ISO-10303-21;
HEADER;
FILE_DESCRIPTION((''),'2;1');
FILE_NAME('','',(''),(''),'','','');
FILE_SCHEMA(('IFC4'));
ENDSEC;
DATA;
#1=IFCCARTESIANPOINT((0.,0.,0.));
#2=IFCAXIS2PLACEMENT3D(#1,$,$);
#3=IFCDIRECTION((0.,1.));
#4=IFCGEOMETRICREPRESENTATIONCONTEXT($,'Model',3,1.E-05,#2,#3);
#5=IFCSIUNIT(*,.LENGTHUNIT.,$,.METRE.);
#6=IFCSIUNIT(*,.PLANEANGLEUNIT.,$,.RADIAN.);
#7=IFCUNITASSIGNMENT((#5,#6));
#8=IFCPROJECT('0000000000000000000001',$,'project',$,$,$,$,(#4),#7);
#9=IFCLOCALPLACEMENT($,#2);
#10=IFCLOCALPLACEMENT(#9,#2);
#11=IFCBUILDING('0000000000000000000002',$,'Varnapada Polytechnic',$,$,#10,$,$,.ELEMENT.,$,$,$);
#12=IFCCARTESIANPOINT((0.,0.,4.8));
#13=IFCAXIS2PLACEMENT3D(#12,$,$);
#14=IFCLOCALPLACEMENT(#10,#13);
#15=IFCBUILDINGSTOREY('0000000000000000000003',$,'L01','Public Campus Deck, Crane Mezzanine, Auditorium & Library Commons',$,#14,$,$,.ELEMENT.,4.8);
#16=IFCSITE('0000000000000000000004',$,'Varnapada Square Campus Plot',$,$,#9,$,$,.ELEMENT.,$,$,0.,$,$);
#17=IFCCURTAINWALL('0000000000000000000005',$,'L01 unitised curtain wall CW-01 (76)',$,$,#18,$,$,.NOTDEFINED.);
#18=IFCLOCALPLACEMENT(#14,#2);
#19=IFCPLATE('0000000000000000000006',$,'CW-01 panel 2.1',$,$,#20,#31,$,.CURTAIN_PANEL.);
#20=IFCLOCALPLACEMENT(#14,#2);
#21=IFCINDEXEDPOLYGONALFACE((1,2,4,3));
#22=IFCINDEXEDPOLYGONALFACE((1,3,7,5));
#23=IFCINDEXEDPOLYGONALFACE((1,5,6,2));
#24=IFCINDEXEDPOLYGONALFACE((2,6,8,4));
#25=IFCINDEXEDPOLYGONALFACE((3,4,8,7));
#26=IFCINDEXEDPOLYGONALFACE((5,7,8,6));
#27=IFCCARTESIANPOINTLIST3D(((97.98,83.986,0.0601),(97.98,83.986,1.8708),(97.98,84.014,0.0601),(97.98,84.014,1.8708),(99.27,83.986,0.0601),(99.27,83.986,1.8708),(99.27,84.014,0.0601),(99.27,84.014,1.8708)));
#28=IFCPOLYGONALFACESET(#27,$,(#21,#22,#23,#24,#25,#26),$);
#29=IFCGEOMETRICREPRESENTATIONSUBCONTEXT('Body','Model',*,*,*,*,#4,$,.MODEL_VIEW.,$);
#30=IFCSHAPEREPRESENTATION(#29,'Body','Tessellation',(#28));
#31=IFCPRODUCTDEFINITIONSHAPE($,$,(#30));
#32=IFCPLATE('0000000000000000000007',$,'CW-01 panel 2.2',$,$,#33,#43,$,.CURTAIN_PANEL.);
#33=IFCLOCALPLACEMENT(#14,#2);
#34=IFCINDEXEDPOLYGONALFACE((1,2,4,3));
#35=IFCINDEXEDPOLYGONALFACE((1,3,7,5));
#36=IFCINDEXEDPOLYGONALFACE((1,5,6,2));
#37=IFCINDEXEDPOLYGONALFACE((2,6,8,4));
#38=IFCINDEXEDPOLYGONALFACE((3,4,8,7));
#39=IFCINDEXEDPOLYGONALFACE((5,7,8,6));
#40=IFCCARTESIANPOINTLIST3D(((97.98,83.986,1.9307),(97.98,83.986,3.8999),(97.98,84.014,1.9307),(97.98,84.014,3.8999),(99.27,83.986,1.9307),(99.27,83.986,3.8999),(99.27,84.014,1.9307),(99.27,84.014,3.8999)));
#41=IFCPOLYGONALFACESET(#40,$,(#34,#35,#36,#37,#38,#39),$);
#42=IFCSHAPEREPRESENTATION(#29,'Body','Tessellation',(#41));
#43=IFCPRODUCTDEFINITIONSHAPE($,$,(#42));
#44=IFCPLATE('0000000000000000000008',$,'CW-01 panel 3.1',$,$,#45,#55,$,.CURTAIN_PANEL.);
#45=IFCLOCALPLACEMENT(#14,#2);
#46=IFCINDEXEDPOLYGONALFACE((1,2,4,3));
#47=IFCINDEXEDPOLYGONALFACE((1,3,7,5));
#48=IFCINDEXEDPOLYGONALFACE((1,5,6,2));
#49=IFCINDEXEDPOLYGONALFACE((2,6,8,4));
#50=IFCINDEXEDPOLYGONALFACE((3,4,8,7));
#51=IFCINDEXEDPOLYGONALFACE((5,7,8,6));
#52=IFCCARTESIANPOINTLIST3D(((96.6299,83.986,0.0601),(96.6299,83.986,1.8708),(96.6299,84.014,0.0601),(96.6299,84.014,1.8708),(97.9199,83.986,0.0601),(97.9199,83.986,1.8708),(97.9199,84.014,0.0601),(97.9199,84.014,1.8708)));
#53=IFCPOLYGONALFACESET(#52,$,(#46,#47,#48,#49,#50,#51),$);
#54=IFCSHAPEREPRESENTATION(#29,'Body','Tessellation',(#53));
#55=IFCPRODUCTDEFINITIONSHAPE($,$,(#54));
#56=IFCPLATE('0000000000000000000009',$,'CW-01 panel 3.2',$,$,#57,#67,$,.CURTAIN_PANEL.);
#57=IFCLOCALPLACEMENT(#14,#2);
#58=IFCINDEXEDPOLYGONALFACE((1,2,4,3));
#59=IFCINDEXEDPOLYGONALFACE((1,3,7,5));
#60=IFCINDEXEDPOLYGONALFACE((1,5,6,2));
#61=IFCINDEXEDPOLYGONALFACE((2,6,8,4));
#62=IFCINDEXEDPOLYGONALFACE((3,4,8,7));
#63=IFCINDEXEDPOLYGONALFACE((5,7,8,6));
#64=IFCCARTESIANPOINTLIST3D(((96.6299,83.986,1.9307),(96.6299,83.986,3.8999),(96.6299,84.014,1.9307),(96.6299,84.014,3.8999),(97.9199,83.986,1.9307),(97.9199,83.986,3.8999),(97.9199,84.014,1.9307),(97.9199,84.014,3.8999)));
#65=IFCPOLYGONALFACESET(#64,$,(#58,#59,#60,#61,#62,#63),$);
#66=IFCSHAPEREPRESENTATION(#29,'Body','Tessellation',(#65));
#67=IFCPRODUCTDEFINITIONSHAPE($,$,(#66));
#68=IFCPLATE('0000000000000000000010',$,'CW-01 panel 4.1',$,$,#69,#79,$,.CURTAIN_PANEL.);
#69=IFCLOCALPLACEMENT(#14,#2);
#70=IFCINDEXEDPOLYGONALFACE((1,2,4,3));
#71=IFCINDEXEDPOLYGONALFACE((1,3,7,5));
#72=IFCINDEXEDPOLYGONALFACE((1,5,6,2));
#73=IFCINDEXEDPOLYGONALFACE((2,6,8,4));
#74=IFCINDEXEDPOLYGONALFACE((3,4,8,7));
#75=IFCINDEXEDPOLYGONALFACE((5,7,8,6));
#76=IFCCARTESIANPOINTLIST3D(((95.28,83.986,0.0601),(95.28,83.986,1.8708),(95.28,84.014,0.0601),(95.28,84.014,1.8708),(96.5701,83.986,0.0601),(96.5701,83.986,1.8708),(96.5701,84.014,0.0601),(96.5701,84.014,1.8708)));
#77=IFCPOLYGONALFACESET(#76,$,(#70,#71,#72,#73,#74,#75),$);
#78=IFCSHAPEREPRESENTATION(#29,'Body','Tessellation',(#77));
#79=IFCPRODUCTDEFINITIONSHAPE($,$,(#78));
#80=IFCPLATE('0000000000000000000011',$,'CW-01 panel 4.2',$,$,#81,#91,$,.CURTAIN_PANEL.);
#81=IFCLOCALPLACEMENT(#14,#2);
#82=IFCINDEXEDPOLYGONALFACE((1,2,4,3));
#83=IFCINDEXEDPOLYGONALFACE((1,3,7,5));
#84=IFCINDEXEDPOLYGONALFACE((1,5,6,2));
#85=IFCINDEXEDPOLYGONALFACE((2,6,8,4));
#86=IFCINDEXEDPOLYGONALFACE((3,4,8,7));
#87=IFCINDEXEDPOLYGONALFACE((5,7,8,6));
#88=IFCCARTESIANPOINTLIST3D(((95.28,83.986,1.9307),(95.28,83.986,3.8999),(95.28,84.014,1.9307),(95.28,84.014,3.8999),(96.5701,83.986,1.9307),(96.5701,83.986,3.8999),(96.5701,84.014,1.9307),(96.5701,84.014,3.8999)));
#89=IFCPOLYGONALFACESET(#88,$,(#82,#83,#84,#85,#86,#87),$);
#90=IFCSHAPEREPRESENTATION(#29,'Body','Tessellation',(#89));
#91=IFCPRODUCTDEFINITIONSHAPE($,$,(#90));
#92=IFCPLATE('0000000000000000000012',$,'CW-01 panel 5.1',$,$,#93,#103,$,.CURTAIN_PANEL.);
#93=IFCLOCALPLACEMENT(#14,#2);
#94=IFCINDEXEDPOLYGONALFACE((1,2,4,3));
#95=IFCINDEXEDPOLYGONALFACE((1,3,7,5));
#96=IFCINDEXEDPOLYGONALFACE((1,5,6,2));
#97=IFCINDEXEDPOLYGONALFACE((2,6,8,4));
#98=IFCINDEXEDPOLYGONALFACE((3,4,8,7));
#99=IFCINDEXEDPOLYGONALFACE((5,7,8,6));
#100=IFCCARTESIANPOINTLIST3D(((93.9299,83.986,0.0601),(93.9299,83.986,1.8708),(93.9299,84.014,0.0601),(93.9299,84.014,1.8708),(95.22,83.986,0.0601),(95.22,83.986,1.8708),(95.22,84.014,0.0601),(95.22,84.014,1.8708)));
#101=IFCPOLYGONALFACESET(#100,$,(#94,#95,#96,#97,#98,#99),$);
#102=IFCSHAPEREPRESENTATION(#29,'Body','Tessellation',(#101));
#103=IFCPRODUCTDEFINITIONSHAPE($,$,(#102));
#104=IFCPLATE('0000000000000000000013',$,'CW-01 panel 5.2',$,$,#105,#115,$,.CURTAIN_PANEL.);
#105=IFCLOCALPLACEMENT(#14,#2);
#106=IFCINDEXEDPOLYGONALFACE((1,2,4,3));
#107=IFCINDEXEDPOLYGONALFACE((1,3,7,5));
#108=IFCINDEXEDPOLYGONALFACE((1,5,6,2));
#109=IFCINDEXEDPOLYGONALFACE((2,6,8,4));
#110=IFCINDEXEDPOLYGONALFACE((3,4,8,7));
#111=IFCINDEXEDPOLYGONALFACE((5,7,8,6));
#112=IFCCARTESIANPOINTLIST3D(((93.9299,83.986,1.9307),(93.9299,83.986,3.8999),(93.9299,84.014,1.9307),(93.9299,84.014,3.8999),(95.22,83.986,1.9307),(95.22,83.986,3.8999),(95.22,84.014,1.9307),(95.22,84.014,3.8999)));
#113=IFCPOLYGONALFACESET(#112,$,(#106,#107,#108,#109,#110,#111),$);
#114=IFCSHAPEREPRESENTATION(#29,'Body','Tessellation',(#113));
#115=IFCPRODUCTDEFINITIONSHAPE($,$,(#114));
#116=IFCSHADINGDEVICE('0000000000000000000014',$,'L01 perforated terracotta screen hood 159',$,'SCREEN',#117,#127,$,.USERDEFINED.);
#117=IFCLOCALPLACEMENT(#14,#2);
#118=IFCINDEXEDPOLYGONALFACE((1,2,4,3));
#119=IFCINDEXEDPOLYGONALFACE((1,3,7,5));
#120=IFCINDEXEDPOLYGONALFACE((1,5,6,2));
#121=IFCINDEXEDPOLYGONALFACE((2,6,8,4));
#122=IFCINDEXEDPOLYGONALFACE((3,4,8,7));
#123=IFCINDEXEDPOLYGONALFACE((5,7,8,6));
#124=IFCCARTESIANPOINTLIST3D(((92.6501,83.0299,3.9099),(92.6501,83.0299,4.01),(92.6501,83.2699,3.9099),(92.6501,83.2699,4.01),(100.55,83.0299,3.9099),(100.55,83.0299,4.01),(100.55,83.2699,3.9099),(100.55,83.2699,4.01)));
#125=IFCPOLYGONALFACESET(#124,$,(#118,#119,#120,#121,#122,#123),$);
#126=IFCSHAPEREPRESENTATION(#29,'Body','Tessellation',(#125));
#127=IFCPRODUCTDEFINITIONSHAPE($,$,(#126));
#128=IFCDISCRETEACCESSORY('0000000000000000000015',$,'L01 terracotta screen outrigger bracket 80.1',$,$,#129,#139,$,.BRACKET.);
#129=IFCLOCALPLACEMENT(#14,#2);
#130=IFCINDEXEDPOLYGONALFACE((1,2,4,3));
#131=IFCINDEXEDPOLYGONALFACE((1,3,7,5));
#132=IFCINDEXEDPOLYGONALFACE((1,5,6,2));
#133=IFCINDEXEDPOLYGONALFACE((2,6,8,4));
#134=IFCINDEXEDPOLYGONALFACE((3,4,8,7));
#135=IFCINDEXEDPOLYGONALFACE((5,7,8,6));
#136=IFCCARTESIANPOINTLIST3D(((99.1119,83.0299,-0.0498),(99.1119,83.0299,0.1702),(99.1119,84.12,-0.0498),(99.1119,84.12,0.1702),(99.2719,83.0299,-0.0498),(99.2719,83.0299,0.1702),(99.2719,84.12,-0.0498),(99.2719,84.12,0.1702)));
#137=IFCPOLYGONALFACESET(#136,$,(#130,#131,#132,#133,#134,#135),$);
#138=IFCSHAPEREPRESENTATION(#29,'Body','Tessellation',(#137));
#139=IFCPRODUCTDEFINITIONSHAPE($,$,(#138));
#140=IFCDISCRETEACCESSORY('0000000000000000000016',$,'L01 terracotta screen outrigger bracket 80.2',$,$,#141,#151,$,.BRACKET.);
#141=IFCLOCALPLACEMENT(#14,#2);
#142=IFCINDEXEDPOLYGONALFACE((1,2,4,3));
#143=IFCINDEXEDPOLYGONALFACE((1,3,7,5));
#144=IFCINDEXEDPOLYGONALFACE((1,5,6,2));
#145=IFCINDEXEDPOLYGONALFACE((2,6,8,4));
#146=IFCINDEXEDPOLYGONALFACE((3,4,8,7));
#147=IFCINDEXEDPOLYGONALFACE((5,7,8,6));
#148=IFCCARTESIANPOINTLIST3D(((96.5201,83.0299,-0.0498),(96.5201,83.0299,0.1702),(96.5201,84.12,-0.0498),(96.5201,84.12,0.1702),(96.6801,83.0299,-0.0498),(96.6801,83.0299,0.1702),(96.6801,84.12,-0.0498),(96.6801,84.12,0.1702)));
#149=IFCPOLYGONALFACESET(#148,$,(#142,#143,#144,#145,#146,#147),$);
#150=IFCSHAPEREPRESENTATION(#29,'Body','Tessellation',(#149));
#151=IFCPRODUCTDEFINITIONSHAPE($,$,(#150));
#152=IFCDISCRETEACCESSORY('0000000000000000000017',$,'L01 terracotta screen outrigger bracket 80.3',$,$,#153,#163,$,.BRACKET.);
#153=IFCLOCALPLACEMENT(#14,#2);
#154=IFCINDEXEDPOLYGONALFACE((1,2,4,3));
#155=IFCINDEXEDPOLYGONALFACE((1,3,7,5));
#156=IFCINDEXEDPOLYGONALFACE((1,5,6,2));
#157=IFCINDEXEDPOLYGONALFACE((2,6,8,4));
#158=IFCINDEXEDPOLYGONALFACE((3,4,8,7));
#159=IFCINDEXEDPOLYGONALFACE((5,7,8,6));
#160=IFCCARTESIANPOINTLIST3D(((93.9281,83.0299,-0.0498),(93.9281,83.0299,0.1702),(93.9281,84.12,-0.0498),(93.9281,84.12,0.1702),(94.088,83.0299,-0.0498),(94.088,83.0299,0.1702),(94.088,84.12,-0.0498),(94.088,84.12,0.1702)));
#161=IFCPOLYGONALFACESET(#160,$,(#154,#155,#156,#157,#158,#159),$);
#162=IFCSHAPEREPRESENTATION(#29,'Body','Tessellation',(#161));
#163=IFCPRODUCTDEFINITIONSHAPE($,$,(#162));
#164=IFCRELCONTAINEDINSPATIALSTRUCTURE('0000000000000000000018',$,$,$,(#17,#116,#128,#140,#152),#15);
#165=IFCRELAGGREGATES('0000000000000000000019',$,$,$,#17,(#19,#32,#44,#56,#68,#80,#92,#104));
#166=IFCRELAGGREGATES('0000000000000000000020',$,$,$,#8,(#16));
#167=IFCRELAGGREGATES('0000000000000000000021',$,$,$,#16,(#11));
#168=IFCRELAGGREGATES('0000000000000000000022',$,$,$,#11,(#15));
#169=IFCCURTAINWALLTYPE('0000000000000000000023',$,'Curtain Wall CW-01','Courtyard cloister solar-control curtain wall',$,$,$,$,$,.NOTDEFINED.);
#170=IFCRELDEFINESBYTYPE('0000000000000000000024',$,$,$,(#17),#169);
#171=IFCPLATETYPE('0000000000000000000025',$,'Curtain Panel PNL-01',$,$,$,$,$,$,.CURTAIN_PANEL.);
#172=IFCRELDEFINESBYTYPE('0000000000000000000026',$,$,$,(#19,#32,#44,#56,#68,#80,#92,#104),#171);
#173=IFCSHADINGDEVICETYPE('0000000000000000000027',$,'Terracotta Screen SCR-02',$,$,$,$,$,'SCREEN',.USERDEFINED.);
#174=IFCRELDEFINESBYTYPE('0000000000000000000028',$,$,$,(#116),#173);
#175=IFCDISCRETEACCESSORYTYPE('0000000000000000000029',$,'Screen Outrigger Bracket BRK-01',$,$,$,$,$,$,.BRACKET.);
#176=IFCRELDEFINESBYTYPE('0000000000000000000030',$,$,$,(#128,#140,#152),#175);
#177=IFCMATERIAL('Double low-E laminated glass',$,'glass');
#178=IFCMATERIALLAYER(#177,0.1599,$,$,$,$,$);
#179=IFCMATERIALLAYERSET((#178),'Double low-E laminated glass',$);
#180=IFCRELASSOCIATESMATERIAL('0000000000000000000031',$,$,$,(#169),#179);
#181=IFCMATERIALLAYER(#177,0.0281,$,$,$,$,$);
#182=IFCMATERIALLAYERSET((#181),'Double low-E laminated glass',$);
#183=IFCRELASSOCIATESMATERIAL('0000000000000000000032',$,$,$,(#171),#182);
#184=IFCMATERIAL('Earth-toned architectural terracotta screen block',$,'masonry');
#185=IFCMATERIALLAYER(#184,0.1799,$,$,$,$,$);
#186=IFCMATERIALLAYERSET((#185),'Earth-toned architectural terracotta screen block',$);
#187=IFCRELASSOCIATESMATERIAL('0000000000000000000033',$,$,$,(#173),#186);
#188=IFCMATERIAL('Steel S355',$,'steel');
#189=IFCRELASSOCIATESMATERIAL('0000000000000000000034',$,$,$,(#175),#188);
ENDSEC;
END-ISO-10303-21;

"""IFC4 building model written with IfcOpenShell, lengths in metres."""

from ifc_helpers import new_model, si_unit, direction, frame, origin, origin_2d, place, context, subcontext, project, spatial, rectangle, extrude, material, layer, layer_set, type_object, element, aggregate, save


model = new_model("IFC4")

# Units and contexts
model_context = context("Model", 3, precision=1e-05, world=origin(), true_north=direction((0.0, 1.0)))
body_context = subcontext(model_context, "Body", "Model", "MODEL_VIEW")
ifc_project = project(units=[si_unit("LENGTHUNIT", "METRE"), si_unit("PLANEANGLEUNIT", "RADIAN")], contexts=[model_context])

# Site, building, storey
site_placement = place(None, origin())
site = spatial("IfcSite", under=ifc_project, at=site_placement, Name="Varnapada Square Campus Plot", CompositionType="ELEMENT", RefElevation=0.0)
building_placement = place(site_placement, origin())
building = spatial("IfcBuilding", under=site, at=building_placement, Name="Varnapada Polytechnic", CompositionType="ELEMENT")
storey_placement = place(building_placement, frame((0.0, 0.0, 4.8)))
storey = spatial("IfcBuildingStorey", under=building, at=storey_placement, Name="L01", Description="Public Campus Deck, Crane Mezzanine, Auditorium & Library Commons", CompositionType="ELEMENT", Elevation=4.8)

# Curtain wall, plates
ifc_material_1 = material(Name="Double low-E laminated glass", Category="glass")
ifc_layer_1 = layer(ifc_material_1, 0.1599)
ifc_layer_set_1 = layer_set([ifc_layer_1], Name="Double low-E laminated glass")
curtain_wall_type = type_object("IfcCurtainWallType", Name="Curtain Wall CW-01", Description="Courtyard cloister solar-control curtain wall", PredefinedType="NOTDEFINED", material=ifc_layer_set_1)
curtain_wall_placement = place(storey_placement, origin())
curtain_wall = element("IfcCurtainWall", 1, at=curtain_wall_placement, inside=storey, type_object=curtain_wall_type, Name="L01 unitised curtain wall CW-01 (76)", PredefinedType="NOTDEFINED")
ifc_layer_2 = layer(ifc_material_1, 0.0281)
ifc_layer_set_2 = layer_set([ifc_layer_2], Name="Double low-E laminated glass")
plate_type = type_object("IfcPlateType", Name="Curtain Panel PNL-01", PredefinedType="CURTAIN_PANEL", material=ifc_layer_set_2)
plate_1_placement = place(storey_placement, frame((98.625, 84.0, 0.0601), z_axis=(0.0, 0.0, 1.0), x_axis=(-1.0, 0.0, 0.0)))
plate_1 = element("IfcPlate", 2, at=plate_1_placement, type_object=plate_type, Name="CW-01 panel 2.1", PredefinedType="CURTAIN_PANEL", context=body_context, shape_type="SweptSolid", body=[
    extrude(rectangle(XDim=1.29, YDim=0.0281, at=origin_2d()), origin(), (0.0, 0.0, 1.0), 1.8108),
])
plate_2_placement = place(storey_placement, frame((98.625, 84.0, 1.9307), z_axis=(0.0, 0.0, 1.0), x_axis=(-1.0, 0.0, 0.0)))
plate_2 = element("IfcPlate", 3, at=plate_2_placement, type_object=plate_type, Name="CW-01 panel 2.2", PredefinedType="CURTAIN_PANEL", context=body_context, shape_type="SweptSolid", body=[
    extrude(rectangle(XDim=1.29, YDim=0.0281, at=origin_2d()), origin(), (0.0, 0.0, 1.0), 1.9692),
])
plate_3_placement = place(storey_placement, frame((97.2749, 84.0, 0.0601), z_axis=(0.0, 0.0, 1.0), x_axis=(-1.0, 0.0, 0.0)))
plate_3 = element("IfcPlate", 4, at=plate_3_placement, type_object=plate_type, Name="CW-01 panel 3.1", PredefinedType="CURTAIN_PANEL", context=body_context, shape_type="SweptSolid", body=[
    extrude(rectangle(XDim=1.29, YDim=0.0281, at=origin_2d()), origin(), (0.0, 0.0, 1.0), 1.8108),
])
plate_4_placement = place(storey_placement, frame((97.2749, 84.0, 1.9307), z_axis=(0.0, 0.0, 1.0), x_axis=(-1.0, 0.0, 0.0)))
plate_4 = element("IfcPlate", 5, at=plate_4_placement, type_object=plate_type, Name="CW-01 panel 3.2", PredefinedType="CURTAIN_PANEL", context=body_context, shape_type="SweptSolid", body=[
    extrude(rectangle(XDim=1.29, YDim=0.0281, at=origin_2d()), origin(), (0.0, 0.0, 1.0), 1.9692),
])
plate_5_placement = place(storey_placement, frame((95.925, 84.0, 0.0601), z_axis=(0.0, 0.0, 1.0), x_axis=(-1.0, 0.0, 0.0)))
plate_5 = element("IfcPlate", 6, at=plate_5_placement, type_object=plate_type, Name="CW-01 panel 4.1", PredefinedType="CURTAIN_PANEL", context=body_context, shape_type="SweptSolid", body=[
    extrude(rectangle(XDim=1.29, YDim=0.0281, at=origin_2d()), origin(), (0.0, 0.0, 1.0), 1.8108),
])
plate_6_placement = place(storey_placement, frame((95.925, 84.0, 1.9307), z_axis=(0.0, 0.0, 1.0), x_axis=(-1.0, 0.0, 0.0)))
plate_6 = element("IfcPlate", 7, at=plate_6_placement, type_object=plate_type, Name="CW-01 panel 4.2", PredefinedType="CURTAIN_PANEL", context=body_context, shape_type="SweptSolid", body=[
    extrude(rectangle(XDim=1.29, YDim=0.0281, at=origin_2d()), origin(), (0.0, 0.0, 1.0), 1.9692),
])
plate_7_placement = place(storey_placement, frame((94.575, 84.0, 0.0601), z_axis=(0.0, 0.0, 1.0), x_axis=(-1.0, 0.0, 0.0)))
plate_7 = element("IfcPlate", 8, at=plate_7_placement, type_object=plate_type, Name="CW-01 panel 5.1", PredefinedType="CURTAIN_PANEL", context=body_context, shape_type="SweptSolid", body=[
    extrude(rectangle(XDim=1.29, YDim=0.0281, at=origin_2d()), origin(), (0.0, 0.0, 1.0), 1.8108),
])
plate_8_placement = place(storey_placement, frame((94.575, 84.0, 1.9307), z_axis=(0.0, 0.0, 1.0), x_axis=(-1.0, 0.0, 0.0)))
plate_8 = element("IfcPlate", 9, at=plate_8_placement, type_object=plate_type, Name="CW-01 panel 5.2", PredefinedType="CURTAIN_PANEL", context=body_context, shape_type="SweptSolid", body=[
    extrude(rectangle(XDim=1.29, YDim=0.0281, at=origin_2d()), origin(), (0.0, 0.0, 1.0), 1.9692),
])
aggregate(curtain_wall, [plate_1, plate_2, plate_3, plate_4, plate_5, plate_6, plate_7, plate_8])

# Shading device
ifc_material_2 = material(Name="Earth-toned architectural terracotta screen block", Category="masonry")
ifc_layer_3 = layer(ifc_material_2, 0.1799)
ifc_layer_set_3 = layer_set([ifc_layer_3], Name="Earth-toned architectural terracotta screen block")
shading_device_type = type_object("IfcShadingDeviceType", Name="Terracotta Screen SCR-02", ElementType="SCREEN", PredefinedType="USERDEFINED", material=ifc_layer_set_3)
shading_device_placement = place(storey_placement, frame((96.6001, 83.1499, 3.9099), z_axis=(0.0, 0.0, 1.0), x_axis=(-1.0, 0.0, 0.0)))
element("IfcShadingDevice", 10, at=shading_device_placement, inside=storey, type_object=shading_device_type, Name="L01 perforated terracotta screen hood 159", ObjectType="SCREEN", PredefinedType="USERDEFINED", context=body_context, shape_type="SweptSolid", body=[
    extrude(rectangle(XDim=7.8999, YDim=0.24, at=origin_2d()), origin(), (0.0, 0.0, 1.0), 0.1001),
])

# Discrete accessories
ifc_material_3 = material(Name="Steel S355", Category="steel")
discrete_accessory_type = type_object("IfcDiscreteAccessoryType", Name="Screen Outrigger Bracket BRK-01", PredefinedType="BRACKET", material=ifc_material_3)
for number, where, z_axis, x_axis, name in (
    (11, (99.1919, 83.575, -0.0498), (0.0, 0.0, 1.0), (-1.0, 0.0, 0.0), "L01 terracotta screen outrigger bracket 80.1"),
    (12, (96.6001, 83.575, -0.0498), (0.0, 0.0, 1.0), (-1.0, 0.0, 0.0), "L01 terracotta screen outrigger bracket 80.2"),
    (13, (94.0081, 83.575, -0.0498), (0.0, 0.0, 1.0), (-1.0, 0.0, 0.0), "L01 terracotta screen outrigger bracket 80.3"),
):
    element("IfcDiscreteAccessory", number, at=place(storey_placement, frame(where, z_axis=z_axis, x_axis=x_axis)), inside=storey, type_object=discrete_accessory_type, Name=name, PredefinedType="BRACKET", context=body_context, shape_type="SweptSolid", body=[
        extrude(rectangle(XDim=0.1599, YDim=1.0901, at=origin_2d()), origin(), (0.0, 0.0, 1.0), 0.22),
    ])

save(model, "model.ifc")
